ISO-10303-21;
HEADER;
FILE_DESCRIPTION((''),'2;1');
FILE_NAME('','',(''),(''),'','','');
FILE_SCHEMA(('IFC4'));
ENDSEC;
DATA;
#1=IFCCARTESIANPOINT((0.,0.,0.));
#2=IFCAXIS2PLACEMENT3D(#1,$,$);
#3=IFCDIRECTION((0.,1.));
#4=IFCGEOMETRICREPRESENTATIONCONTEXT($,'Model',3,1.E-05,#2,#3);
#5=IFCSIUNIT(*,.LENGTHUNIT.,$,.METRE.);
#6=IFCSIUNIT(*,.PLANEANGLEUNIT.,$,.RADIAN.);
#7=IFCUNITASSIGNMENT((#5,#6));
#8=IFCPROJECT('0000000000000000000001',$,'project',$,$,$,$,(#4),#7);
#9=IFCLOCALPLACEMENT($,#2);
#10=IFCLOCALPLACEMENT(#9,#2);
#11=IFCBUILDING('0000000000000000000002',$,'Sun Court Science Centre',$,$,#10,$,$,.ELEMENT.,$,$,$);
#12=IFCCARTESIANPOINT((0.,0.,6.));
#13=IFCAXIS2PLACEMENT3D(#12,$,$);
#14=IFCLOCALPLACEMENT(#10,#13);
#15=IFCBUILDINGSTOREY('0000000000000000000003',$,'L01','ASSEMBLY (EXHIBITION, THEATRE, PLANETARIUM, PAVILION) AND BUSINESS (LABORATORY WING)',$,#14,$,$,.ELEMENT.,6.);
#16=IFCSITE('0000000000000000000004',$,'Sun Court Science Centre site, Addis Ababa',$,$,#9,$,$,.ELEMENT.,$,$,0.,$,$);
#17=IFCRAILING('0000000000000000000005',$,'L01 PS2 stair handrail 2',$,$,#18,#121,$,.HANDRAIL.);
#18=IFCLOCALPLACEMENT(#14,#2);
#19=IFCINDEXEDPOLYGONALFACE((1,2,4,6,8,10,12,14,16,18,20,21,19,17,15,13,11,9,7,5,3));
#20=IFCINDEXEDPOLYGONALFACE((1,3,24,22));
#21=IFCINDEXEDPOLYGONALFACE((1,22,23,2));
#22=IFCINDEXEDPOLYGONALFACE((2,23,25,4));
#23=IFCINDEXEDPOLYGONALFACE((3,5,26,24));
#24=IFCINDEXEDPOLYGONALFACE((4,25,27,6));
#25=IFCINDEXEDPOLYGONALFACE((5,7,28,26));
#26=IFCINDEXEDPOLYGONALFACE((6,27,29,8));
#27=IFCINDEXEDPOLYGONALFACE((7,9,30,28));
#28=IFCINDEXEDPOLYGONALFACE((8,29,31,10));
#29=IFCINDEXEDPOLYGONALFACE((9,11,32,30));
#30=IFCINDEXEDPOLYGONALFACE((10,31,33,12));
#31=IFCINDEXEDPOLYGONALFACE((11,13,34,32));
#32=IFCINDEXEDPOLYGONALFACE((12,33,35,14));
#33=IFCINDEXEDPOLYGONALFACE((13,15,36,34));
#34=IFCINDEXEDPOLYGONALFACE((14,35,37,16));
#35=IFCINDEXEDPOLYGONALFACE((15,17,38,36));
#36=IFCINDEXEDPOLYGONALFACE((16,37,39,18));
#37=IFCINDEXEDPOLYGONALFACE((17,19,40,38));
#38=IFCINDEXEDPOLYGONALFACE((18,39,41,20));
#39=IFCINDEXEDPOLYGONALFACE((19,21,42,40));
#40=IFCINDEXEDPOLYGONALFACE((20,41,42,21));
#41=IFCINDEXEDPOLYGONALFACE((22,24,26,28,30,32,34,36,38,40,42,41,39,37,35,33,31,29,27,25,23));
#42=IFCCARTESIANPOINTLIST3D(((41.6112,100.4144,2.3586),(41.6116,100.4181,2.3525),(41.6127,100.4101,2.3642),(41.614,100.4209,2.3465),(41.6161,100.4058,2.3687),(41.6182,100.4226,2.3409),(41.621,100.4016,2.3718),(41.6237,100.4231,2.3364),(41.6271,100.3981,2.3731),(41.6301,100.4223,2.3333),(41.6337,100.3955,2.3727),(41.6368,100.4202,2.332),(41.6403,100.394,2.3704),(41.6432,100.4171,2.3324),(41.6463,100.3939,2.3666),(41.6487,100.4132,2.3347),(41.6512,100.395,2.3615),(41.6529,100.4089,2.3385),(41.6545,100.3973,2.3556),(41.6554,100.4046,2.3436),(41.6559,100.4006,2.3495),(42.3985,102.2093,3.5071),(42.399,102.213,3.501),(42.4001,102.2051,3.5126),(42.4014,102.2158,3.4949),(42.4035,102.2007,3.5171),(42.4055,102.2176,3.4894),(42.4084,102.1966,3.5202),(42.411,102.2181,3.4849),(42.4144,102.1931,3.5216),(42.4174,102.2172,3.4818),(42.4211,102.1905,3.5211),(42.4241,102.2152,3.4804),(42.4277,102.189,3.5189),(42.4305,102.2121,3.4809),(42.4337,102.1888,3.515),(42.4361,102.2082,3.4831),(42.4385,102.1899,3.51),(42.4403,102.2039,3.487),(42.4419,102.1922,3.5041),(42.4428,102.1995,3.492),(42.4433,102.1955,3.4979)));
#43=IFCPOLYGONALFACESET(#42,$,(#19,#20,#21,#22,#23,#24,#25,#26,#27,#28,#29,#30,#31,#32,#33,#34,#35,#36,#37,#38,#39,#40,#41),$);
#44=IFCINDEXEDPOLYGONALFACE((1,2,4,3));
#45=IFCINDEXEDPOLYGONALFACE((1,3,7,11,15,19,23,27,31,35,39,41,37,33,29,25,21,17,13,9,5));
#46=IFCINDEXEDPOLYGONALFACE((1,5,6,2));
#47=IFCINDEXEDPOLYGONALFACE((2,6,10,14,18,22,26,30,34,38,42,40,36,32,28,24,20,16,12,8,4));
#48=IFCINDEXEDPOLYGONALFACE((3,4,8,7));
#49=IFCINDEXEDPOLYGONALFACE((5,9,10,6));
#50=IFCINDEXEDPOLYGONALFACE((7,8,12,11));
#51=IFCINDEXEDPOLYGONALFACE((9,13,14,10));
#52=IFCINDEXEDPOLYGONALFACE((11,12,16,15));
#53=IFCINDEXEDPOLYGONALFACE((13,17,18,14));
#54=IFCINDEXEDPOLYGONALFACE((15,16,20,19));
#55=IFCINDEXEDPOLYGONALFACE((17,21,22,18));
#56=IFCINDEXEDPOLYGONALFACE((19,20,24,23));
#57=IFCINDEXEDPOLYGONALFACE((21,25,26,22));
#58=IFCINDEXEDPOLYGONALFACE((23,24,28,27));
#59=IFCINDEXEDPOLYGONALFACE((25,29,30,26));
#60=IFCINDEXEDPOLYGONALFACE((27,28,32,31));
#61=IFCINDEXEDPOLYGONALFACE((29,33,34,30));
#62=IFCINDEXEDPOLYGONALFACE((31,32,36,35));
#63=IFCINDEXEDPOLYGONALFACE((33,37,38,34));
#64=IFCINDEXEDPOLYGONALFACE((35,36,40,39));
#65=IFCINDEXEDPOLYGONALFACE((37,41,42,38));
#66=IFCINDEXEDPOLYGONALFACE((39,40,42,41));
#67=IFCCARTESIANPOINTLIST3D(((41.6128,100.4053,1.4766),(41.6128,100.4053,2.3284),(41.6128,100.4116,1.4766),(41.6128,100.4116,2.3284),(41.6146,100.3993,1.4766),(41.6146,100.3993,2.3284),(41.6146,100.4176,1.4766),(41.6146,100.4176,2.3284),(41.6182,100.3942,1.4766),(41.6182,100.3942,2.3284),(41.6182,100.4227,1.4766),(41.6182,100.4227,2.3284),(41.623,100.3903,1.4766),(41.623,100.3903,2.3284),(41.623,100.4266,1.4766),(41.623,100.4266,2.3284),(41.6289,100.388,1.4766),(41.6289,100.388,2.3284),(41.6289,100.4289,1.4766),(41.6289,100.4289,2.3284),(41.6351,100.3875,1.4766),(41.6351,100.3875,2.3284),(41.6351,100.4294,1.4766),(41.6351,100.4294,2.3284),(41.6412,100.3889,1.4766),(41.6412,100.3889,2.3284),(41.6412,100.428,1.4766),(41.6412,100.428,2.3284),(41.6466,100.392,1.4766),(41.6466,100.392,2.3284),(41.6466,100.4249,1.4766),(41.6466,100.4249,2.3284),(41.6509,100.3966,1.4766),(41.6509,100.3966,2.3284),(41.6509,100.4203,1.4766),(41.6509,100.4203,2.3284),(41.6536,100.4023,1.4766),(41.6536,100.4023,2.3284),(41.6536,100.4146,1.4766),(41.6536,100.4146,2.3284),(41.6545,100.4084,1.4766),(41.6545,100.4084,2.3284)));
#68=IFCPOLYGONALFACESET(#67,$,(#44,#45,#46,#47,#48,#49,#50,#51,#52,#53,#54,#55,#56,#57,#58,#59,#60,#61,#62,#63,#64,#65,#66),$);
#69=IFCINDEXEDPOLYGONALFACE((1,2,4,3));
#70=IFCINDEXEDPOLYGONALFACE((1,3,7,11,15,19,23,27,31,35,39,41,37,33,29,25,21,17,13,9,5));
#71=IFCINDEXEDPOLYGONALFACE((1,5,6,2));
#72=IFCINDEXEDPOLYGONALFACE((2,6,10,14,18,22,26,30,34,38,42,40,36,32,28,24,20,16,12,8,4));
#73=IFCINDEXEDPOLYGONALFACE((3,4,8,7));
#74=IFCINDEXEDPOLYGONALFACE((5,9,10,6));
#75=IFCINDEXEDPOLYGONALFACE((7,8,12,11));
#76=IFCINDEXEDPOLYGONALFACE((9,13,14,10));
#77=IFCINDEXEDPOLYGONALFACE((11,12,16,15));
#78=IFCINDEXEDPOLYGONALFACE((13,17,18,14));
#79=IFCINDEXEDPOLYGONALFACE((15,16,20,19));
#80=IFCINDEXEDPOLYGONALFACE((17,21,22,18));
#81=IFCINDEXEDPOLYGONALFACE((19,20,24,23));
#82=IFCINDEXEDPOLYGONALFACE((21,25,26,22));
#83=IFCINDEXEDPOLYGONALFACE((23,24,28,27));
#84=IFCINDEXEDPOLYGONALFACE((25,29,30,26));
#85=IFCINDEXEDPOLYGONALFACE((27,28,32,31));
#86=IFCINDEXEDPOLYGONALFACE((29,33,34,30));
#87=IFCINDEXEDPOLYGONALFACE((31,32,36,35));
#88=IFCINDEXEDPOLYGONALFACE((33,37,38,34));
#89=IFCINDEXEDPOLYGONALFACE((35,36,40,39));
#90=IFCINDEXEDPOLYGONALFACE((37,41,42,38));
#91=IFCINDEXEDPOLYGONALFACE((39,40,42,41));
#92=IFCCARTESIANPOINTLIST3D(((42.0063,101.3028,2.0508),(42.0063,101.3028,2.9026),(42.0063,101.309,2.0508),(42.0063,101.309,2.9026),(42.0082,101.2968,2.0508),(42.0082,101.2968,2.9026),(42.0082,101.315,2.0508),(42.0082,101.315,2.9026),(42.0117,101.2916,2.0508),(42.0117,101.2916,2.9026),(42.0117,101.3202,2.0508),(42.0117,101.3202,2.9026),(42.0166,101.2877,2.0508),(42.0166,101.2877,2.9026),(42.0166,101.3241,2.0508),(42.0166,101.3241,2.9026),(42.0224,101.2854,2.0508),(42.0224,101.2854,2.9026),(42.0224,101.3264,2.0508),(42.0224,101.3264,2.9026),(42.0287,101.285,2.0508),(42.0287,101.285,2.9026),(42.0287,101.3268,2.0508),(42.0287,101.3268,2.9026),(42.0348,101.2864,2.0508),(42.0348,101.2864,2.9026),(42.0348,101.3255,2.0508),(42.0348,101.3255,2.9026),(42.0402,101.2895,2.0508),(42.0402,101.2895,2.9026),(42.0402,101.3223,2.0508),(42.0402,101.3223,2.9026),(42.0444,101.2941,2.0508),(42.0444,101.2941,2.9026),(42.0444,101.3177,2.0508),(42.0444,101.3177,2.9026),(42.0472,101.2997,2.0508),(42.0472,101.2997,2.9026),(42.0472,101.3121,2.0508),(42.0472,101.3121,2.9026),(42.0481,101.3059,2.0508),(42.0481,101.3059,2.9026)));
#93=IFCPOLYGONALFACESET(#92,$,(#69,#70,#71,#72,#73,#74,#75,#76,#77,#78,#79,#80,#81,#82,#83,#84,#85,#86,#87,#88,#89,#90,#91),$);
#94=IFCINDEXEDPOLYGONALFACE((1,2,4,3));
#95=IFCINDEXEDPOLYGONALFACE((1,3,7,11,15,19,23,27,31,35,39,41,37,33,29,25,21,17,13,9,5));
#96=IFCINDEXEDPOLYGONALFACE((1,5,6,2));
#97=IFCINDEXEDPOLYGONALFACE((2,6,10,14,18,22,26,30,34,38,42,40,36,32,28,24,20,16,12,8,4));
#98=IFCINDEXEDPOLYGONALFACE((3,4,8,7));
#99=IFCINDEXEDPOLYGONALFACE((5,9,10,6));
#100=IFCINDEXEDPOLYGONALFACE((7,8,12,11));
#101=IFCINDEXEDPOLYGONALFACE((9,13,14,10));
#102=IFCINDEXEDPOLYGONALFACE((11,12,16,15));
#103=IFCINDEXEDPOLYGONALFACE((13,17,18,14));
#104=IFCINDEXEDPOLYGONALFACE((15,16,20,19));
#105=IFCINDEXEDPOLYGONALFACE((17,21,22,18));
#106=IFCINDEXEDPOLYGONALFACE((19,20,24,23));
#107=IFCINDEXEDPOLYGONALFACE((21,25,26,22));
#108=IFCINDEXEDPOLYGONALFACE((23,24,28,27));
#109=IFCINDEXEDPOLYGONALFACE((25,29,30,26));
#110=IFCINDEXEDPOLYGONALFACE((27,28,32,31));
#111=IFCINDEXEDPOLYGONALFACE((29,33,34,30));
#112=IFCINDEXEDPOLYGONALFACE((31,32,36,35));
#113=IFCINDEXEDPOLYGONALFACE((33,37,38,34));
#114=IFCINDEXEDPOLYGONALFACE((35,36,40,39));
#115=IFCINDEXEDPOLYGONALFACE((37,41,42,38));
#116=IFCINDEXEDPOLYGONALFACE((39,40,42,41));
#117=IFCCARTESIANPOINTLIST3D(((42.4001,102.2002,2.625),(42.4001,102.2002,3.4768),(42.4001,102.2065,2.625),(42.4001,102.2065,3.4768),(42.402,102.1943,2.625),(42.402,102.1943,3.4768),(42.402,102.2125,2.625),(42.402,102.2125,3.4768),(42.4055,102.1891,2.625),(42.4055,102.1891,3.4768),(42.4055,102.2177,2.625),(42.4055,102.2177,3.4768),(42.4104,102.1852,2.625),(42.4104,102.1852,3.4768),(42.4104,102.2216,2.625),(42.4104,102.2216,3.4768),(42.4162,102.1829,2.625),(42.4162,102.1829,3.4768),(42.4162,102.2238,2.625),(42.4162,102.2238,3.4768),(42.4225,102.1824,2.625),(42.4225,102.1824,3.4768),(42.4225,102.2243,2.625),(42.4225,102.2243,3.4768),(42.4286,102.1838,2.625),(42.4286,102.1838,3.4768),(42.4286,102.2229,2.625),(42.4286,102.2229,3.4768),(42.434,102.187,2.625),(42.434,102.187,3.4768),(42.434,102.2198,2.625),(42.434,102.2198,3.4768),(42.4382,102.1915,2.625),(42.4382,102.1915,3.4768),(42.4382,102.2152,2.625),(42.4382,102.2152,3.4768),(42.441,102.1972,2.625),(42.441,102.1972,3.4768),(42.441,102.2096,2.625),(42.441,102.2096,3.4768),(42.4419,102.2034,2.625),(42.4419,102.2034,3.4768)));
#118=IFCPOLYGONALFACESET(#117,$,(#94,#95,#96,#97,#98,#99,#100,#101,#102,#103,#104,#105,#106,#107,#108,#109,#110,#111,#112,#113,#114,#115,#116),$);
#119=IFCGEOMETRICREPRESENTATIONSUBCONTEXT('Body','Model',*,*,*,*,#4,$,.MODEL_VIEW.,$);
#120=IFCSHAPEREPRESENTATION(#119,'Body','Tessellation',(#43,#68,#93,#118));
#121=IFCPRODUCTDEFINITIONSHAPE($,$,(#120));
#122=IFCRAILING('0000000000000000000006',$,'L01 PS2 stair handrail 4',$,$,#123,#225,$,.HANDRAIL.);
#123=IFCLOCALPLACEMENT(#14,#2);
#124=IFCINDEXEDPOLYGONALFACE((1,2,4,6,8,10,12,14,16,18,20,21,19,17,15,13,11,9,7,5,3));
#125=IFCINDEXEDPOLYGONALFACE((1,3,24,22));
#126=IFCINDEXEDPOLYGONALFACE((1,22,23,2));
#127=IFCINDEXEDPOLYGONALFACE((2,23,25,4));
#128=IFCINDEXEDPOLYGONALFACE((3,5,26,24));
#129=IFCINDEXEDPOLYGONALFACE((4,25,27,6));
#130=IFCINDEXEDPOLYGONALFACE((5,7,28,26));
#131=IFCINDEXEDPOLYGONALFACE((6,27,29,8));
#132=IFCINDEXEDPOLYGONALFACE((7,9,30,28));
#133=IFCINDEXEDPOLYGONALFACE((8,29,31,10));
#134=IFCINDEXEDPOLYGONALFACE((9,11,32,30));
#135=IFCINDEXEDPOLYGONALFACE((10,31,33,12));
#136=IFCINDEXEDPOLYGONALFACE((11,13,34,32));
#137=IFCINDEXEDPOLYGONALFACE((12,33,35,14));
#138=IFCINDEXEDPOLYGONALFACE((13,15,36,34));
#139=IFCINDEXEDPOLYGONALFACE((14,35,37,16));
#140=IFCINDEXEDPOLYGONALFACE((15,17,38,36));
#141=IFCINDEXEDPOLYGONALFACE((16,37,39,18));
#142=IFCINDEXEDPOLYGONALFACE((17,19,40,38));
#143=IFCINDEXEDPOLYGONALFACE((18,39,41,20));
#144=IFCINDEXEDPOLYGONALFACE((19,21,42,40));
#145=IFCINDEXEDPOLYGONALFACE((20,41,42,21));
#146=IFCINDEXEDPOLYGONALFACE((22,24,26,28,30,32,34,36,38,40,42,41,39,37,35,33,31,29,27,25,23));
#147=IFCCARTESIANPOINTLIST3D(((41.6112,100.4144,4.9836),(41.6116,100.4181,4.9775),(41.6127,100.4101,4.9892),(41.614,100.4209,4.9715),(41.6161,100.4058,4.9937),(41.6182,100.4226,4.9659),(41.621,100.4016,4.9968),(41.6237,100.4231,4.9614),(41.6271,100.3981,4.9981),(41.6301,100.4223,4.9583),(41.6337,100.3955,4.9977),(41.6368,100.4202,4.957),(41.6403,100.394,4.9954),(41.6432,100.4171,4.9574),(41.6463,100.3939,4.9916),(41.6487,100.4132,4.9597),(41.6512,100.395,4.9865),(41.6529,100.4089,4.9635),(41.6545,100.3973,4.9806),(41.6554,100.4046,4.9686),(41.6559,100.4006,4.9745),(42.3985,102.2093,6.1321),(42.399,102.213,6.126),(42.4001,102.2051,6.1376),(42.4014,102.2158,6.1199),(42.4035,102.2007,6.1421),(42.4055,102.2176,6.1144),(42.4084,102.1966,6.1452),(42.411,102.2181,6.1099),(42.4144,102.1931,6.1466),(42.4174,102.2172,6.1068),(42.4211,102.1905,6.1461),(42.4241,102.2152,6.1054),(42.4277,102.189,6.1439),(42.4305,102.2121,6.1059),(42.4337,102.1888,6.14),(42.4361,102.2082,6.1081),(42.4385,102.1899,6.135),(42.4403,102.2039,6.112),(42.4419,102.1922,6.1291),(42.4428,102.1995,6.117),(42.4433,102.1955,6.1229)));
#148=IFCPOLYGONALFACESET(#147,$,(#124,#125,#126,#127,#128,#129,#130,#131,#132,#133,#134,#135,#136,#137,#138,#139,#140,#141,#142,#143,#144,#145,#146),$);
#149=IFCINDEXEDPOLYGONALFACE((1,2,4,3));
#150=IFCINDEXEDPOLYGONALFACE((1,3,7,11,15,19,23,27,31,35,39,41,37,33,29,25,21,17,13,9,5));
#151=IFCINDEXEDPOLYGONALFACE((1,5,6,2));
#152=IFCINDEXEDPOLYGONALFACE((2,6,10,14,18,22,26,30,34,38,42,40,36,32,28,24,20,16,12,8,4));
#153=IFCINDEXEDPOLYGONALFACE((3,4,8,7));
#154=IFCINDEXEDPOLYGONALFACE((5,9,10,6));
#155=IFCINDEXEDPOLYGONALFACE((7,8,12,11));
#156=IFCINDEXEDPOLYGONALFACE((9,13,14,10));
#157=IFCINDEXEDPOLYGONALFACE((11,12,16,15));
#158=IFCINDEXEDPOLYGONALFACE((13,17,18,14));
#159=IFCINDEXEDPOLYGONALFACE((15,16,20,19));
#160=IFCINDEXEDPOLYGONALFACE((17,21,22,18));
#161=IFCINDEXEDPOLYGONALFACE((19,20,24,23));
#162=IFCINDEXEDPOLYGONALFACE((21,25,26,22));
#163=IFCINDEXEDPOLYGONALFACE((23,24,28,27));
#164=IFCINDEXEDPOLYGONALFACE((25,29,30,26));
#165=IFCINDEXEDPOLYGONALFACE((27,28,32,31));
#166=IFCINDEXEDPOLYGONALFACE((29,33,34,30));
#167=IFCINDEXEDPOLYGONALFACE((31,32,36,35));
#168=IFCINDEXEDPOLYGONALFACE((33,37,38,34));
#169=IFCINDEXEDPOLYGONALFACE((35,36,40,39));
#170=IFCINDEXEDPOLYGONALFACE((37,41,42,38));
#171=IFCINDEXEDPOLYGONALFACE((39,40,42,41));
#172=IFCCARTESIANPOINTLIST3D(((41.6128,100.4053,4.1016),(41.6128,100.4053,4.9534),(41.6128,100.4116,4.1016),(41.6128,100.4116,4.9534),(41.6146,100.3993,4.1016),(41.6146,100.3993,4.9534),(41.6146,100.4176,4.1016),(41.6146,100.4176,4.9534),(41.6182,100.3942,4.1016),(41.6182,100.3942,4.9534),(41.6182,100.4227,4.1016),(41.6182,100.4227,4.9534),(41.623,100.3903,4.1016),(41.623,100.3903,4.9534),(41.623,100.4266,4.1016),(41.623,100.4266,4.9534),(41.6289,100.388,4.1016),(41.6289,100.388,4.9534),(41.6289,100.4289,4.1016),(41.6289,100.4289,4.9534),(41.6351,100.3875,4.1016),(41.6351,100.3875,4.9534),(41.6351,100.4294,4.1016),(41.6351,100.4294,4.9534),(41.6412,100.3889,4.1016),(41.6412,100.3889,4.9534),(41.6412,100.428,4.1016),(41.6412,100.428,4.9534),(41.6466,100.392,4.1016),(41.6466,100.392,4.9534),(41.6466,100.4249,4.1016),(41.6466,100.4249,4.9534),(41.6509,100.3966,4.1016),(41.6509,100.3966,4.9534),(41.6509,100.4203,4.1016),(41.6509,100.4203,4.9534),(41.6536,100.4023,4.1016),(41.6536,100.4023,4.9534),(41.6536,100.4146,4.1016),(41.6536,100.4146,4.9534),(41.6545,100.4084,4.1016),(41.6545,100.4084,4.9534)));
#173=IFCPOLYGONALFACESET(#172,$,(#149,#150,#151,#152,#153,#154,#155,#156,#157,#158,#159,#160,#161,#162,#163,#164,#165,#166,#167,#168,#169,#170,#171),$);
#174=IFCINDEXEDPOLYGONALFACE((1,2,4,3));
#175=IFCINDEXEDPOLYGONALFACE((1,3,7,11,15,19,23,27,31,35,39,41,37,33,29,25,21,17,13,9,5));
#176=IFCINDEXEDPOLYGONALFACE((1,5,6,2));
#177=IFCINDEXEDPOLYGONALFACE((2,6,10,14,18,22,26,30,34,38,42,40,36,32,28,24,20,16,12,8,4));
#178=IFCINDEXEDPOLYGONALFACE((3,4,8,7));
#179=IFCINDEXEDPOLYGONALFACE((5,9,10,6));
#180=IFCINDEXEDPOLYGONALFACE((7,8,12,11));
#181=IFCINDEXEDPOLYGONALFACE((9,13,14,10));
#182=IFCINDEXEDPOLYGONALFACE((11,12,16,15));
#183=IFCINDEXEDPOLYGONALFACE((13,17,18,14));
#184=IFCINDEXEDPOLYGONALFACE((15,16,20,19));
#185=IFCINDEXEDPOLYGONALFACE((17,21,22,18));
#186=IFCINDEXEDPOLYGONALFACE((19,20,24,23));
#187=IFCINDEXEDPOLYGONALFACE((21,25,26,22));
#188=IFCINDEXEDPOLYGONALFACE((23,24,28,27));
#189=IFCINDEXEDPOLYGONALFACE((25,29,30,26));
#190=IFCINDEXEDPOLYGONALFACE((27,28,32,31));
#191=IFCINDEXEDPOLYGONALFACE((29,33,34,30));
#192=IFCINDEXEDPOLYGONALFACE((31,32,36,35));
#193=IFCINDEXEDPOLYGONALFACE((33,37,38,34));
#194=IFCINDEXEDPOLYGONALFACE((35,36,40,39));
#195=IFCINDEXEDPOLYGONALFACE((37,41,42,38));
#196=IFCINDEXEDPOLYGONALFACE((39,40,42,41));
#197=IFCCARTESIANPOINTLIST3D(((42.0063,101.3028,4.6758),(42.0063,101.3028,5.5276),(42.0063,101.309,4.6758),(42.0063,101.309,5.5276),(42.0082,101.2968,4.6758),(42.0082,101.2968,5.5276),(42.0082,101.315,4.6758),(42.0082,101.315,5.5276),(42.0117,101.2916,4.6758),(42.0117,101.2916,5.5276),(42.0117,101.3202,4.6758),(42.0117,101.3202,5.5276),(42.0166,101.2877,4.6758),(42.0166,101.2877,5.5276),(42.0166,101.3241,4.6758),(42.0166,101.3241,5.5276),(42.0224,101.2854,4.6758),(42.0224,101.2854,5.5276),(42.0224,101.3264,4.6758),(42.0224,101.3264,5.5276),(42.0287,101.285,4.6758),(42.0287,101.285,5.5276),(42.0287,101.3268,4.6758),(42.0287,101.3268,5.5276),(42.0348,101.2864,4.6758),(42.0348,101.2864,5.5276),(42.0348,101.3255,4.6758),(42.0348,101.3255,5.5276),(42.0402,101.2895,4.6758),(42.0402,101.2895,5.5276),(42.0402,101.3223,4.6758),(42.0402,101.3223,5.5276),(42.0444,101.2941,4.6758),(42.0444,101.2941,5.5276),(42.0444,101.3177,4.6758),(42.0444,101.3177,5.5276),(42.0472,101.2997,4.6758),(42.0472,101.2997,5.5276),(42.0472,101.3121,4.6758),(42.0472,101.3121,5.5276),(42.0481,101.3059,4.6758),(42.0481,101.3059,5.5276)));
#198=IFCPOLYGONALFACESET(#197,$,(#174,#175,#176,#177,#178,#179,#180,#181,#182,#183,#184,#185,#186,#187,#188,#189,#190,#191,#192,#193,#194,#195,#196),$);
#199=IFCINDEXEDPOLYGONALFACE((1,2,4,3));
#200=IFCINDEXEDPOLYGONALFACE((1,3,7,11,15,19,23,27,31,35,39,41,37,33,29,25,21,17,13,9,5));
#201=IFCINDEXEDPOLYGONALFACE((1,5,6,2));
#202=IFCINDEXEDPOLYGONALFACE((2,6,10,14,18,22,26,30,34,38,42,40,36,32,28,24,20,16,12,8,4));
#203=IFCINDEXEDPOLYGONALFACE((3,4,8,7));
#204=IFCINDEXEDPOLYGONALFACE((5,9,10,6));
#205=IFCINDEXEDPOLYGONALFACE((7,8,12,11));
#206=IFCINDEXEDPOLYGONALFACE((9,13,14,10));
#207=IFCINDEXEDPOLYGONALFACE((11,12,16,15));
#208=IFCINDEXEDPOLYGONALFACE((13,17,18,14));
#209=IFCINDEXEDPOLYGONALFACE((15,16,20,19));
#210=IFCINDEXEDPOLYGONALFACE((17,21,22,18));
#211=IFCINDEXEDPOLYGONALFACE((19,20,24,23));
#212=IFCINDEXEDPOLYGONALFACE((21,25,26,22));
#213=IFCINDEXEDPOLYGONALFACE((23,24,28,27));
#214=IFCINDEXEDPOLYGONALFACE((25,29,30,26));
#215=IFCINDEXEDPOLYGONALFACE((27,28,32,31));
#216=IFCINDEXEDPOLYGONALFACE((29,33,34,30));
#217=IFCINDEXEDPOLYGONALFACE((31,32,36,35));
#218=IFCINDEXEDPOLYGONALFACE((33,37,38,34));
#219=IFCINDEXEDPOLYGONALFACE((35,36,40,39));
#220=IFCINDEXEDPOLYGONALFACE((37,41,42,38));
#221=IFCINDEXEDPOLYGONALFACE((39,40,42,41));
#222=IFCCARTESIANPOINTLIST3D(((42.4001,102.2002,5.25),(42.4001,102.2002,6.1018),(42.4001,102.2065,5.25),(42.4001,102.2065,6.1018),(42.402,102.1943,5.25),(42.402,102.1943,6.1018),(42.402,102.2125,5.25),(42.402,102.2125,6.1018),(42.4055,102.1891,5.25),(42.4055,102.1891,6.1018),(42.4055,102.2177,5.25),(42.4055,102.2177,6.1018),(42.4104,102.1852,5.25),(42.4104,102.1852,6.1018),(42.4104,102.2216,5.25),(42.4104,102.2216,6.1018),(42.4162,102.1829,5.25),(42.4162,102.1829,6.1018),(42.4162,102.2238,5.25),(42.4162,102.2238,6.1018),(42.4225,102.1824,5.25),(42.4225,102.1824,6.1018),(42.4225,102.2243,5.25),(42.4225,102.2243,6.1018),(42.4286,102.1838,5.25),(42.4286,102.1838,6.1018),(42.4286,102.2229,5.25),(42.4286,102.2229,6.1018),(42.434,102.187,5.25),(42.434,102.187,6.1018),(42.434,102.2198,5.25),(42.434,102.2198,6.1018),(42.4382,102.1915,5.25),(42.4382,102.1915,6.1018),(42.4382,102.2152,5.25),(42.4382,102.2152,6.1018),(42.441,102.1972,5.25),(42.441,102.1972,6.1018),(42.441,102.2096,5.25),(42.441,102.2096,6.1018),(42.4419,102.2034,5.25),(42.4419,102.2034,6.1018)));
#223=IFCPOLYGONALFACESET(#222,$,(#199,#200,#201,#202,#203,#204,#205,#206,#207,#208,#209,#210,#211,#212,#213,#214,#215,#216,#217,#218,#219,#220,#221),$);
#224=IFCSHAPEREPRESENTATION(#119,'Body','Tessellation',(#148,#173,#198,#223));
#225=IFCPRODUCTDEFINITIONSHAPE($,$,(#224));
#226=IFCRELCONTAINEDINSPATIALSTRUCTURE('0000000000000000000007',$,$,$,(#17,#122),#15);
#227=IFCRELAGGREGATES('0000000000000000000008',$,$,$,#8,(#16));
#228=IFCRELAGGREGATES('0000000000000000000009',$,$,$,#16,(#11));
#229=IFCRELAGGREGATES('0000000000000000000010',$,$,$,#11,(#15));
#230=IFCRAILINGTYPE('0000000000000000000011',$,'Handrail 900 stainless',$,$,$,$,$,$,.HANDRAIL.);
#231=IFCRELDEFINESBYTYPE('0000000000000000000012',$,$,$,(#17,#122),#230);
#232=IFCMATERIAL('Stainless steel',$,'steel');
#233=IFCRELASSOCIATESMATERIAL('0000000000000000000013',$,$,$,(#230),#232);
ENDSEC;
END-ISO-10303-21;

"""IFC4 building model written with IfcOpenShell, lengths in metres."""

from ifc_helpers import new_model, si_unit, direction, frame, origin, origin_2d, place, context, subcontext, project, spatial, circle, extrude, material, type_object, element, save


model = new_model("IFC4")

# Units and contexts
model_context = context("Model", 3, precision=1e-05, world=origin(), true_north=direction((0.0, 1.0)))
body_context = subcontext(model_context, "Body", "Model", "MODEL_VIEW")
ifc_project = project(units=[si_unit("LENGTHUNIT", "METRE"), si_unit("PLANEANGLEUNIT", "RADIAN")], contexts=[model_context])

# Site, building, storey
site_placement = place(None, origin())
site = spatial("IfcSite", under=ifc_project, at=site_placement, Name="Sun Court Science Centre site, Addis Ababa", CompositionType="ELEMENT", RefElevation=0.0)
building_placement = place(site_placement, origin())
building = spatial("IfcBuilding", under=site, at=building_placement, Name="Sun Court Science Centre", CompositionType="ELEMENT")
storey_placement = place(building_placement, frame((0.0, 0.0, 6.0)))
storey = spatial("IfcBuildingStorey", under=building, at=storey_placement, Name="L01", Description="ASSEMBLY (EXHIBITION, THEATRE, PLANETARIUM, PAVILION) AND BUSINESS (LABORATORY WING)", CompositionType="ELEMENT", Elevation=6.0)

# Railings
ifc_material_1 = material(Name="Stainless steel", Category="steel")
railing_type_1 = type_object("IfcRailingType", Name="Handrail 900 stainless", PredefinedType="HANDRAIL", material=ifc_material_1)
for number, where, name in (
    (1, (41.6335, 100.4084, 1.4766), "L01 PS2 stair handrail 2"),
    (2, (41.6335, 100.4084, 4.1016), "L01 PS2 stair handrail 4"),
):
    element("IfcRailing", number, at=place(storey_placement, frame(where)), inside=storey, type_object=railing_type_1, Name=name, PredefinedType="HANDRAIL", context=body_context, shape_type="SweptSolid", body=[
        extrude(circle(Radius=0.0239, at=origin_2d()), frame((0.0, 0.0, 0.876), z_axis=(0.346594, 0.790126, 0.505543), x_axis=(-0.915768, 0.401707, 0.0)), (0.0, 0.0, 1.0), 2.2717),
        extrude(circle(Radius=0.021, at=origin_2d()), origin(), (0.0, 0.0, 1.0), 0.8518),
        extrude(circle(Radius=0.021, at=origin_2d()), frame((0.3936, 0.8975, 0.5742)), (0.0, 0.0, 1.0), 0.8518),
        extrude(circle(Radius=0.021, at=origin_2d()), frame((0.7874, 1.7949, 1.1484)), (0.0, 0.0, 1.0), 0.8518),
    ])

save(model, "model.ifc")
